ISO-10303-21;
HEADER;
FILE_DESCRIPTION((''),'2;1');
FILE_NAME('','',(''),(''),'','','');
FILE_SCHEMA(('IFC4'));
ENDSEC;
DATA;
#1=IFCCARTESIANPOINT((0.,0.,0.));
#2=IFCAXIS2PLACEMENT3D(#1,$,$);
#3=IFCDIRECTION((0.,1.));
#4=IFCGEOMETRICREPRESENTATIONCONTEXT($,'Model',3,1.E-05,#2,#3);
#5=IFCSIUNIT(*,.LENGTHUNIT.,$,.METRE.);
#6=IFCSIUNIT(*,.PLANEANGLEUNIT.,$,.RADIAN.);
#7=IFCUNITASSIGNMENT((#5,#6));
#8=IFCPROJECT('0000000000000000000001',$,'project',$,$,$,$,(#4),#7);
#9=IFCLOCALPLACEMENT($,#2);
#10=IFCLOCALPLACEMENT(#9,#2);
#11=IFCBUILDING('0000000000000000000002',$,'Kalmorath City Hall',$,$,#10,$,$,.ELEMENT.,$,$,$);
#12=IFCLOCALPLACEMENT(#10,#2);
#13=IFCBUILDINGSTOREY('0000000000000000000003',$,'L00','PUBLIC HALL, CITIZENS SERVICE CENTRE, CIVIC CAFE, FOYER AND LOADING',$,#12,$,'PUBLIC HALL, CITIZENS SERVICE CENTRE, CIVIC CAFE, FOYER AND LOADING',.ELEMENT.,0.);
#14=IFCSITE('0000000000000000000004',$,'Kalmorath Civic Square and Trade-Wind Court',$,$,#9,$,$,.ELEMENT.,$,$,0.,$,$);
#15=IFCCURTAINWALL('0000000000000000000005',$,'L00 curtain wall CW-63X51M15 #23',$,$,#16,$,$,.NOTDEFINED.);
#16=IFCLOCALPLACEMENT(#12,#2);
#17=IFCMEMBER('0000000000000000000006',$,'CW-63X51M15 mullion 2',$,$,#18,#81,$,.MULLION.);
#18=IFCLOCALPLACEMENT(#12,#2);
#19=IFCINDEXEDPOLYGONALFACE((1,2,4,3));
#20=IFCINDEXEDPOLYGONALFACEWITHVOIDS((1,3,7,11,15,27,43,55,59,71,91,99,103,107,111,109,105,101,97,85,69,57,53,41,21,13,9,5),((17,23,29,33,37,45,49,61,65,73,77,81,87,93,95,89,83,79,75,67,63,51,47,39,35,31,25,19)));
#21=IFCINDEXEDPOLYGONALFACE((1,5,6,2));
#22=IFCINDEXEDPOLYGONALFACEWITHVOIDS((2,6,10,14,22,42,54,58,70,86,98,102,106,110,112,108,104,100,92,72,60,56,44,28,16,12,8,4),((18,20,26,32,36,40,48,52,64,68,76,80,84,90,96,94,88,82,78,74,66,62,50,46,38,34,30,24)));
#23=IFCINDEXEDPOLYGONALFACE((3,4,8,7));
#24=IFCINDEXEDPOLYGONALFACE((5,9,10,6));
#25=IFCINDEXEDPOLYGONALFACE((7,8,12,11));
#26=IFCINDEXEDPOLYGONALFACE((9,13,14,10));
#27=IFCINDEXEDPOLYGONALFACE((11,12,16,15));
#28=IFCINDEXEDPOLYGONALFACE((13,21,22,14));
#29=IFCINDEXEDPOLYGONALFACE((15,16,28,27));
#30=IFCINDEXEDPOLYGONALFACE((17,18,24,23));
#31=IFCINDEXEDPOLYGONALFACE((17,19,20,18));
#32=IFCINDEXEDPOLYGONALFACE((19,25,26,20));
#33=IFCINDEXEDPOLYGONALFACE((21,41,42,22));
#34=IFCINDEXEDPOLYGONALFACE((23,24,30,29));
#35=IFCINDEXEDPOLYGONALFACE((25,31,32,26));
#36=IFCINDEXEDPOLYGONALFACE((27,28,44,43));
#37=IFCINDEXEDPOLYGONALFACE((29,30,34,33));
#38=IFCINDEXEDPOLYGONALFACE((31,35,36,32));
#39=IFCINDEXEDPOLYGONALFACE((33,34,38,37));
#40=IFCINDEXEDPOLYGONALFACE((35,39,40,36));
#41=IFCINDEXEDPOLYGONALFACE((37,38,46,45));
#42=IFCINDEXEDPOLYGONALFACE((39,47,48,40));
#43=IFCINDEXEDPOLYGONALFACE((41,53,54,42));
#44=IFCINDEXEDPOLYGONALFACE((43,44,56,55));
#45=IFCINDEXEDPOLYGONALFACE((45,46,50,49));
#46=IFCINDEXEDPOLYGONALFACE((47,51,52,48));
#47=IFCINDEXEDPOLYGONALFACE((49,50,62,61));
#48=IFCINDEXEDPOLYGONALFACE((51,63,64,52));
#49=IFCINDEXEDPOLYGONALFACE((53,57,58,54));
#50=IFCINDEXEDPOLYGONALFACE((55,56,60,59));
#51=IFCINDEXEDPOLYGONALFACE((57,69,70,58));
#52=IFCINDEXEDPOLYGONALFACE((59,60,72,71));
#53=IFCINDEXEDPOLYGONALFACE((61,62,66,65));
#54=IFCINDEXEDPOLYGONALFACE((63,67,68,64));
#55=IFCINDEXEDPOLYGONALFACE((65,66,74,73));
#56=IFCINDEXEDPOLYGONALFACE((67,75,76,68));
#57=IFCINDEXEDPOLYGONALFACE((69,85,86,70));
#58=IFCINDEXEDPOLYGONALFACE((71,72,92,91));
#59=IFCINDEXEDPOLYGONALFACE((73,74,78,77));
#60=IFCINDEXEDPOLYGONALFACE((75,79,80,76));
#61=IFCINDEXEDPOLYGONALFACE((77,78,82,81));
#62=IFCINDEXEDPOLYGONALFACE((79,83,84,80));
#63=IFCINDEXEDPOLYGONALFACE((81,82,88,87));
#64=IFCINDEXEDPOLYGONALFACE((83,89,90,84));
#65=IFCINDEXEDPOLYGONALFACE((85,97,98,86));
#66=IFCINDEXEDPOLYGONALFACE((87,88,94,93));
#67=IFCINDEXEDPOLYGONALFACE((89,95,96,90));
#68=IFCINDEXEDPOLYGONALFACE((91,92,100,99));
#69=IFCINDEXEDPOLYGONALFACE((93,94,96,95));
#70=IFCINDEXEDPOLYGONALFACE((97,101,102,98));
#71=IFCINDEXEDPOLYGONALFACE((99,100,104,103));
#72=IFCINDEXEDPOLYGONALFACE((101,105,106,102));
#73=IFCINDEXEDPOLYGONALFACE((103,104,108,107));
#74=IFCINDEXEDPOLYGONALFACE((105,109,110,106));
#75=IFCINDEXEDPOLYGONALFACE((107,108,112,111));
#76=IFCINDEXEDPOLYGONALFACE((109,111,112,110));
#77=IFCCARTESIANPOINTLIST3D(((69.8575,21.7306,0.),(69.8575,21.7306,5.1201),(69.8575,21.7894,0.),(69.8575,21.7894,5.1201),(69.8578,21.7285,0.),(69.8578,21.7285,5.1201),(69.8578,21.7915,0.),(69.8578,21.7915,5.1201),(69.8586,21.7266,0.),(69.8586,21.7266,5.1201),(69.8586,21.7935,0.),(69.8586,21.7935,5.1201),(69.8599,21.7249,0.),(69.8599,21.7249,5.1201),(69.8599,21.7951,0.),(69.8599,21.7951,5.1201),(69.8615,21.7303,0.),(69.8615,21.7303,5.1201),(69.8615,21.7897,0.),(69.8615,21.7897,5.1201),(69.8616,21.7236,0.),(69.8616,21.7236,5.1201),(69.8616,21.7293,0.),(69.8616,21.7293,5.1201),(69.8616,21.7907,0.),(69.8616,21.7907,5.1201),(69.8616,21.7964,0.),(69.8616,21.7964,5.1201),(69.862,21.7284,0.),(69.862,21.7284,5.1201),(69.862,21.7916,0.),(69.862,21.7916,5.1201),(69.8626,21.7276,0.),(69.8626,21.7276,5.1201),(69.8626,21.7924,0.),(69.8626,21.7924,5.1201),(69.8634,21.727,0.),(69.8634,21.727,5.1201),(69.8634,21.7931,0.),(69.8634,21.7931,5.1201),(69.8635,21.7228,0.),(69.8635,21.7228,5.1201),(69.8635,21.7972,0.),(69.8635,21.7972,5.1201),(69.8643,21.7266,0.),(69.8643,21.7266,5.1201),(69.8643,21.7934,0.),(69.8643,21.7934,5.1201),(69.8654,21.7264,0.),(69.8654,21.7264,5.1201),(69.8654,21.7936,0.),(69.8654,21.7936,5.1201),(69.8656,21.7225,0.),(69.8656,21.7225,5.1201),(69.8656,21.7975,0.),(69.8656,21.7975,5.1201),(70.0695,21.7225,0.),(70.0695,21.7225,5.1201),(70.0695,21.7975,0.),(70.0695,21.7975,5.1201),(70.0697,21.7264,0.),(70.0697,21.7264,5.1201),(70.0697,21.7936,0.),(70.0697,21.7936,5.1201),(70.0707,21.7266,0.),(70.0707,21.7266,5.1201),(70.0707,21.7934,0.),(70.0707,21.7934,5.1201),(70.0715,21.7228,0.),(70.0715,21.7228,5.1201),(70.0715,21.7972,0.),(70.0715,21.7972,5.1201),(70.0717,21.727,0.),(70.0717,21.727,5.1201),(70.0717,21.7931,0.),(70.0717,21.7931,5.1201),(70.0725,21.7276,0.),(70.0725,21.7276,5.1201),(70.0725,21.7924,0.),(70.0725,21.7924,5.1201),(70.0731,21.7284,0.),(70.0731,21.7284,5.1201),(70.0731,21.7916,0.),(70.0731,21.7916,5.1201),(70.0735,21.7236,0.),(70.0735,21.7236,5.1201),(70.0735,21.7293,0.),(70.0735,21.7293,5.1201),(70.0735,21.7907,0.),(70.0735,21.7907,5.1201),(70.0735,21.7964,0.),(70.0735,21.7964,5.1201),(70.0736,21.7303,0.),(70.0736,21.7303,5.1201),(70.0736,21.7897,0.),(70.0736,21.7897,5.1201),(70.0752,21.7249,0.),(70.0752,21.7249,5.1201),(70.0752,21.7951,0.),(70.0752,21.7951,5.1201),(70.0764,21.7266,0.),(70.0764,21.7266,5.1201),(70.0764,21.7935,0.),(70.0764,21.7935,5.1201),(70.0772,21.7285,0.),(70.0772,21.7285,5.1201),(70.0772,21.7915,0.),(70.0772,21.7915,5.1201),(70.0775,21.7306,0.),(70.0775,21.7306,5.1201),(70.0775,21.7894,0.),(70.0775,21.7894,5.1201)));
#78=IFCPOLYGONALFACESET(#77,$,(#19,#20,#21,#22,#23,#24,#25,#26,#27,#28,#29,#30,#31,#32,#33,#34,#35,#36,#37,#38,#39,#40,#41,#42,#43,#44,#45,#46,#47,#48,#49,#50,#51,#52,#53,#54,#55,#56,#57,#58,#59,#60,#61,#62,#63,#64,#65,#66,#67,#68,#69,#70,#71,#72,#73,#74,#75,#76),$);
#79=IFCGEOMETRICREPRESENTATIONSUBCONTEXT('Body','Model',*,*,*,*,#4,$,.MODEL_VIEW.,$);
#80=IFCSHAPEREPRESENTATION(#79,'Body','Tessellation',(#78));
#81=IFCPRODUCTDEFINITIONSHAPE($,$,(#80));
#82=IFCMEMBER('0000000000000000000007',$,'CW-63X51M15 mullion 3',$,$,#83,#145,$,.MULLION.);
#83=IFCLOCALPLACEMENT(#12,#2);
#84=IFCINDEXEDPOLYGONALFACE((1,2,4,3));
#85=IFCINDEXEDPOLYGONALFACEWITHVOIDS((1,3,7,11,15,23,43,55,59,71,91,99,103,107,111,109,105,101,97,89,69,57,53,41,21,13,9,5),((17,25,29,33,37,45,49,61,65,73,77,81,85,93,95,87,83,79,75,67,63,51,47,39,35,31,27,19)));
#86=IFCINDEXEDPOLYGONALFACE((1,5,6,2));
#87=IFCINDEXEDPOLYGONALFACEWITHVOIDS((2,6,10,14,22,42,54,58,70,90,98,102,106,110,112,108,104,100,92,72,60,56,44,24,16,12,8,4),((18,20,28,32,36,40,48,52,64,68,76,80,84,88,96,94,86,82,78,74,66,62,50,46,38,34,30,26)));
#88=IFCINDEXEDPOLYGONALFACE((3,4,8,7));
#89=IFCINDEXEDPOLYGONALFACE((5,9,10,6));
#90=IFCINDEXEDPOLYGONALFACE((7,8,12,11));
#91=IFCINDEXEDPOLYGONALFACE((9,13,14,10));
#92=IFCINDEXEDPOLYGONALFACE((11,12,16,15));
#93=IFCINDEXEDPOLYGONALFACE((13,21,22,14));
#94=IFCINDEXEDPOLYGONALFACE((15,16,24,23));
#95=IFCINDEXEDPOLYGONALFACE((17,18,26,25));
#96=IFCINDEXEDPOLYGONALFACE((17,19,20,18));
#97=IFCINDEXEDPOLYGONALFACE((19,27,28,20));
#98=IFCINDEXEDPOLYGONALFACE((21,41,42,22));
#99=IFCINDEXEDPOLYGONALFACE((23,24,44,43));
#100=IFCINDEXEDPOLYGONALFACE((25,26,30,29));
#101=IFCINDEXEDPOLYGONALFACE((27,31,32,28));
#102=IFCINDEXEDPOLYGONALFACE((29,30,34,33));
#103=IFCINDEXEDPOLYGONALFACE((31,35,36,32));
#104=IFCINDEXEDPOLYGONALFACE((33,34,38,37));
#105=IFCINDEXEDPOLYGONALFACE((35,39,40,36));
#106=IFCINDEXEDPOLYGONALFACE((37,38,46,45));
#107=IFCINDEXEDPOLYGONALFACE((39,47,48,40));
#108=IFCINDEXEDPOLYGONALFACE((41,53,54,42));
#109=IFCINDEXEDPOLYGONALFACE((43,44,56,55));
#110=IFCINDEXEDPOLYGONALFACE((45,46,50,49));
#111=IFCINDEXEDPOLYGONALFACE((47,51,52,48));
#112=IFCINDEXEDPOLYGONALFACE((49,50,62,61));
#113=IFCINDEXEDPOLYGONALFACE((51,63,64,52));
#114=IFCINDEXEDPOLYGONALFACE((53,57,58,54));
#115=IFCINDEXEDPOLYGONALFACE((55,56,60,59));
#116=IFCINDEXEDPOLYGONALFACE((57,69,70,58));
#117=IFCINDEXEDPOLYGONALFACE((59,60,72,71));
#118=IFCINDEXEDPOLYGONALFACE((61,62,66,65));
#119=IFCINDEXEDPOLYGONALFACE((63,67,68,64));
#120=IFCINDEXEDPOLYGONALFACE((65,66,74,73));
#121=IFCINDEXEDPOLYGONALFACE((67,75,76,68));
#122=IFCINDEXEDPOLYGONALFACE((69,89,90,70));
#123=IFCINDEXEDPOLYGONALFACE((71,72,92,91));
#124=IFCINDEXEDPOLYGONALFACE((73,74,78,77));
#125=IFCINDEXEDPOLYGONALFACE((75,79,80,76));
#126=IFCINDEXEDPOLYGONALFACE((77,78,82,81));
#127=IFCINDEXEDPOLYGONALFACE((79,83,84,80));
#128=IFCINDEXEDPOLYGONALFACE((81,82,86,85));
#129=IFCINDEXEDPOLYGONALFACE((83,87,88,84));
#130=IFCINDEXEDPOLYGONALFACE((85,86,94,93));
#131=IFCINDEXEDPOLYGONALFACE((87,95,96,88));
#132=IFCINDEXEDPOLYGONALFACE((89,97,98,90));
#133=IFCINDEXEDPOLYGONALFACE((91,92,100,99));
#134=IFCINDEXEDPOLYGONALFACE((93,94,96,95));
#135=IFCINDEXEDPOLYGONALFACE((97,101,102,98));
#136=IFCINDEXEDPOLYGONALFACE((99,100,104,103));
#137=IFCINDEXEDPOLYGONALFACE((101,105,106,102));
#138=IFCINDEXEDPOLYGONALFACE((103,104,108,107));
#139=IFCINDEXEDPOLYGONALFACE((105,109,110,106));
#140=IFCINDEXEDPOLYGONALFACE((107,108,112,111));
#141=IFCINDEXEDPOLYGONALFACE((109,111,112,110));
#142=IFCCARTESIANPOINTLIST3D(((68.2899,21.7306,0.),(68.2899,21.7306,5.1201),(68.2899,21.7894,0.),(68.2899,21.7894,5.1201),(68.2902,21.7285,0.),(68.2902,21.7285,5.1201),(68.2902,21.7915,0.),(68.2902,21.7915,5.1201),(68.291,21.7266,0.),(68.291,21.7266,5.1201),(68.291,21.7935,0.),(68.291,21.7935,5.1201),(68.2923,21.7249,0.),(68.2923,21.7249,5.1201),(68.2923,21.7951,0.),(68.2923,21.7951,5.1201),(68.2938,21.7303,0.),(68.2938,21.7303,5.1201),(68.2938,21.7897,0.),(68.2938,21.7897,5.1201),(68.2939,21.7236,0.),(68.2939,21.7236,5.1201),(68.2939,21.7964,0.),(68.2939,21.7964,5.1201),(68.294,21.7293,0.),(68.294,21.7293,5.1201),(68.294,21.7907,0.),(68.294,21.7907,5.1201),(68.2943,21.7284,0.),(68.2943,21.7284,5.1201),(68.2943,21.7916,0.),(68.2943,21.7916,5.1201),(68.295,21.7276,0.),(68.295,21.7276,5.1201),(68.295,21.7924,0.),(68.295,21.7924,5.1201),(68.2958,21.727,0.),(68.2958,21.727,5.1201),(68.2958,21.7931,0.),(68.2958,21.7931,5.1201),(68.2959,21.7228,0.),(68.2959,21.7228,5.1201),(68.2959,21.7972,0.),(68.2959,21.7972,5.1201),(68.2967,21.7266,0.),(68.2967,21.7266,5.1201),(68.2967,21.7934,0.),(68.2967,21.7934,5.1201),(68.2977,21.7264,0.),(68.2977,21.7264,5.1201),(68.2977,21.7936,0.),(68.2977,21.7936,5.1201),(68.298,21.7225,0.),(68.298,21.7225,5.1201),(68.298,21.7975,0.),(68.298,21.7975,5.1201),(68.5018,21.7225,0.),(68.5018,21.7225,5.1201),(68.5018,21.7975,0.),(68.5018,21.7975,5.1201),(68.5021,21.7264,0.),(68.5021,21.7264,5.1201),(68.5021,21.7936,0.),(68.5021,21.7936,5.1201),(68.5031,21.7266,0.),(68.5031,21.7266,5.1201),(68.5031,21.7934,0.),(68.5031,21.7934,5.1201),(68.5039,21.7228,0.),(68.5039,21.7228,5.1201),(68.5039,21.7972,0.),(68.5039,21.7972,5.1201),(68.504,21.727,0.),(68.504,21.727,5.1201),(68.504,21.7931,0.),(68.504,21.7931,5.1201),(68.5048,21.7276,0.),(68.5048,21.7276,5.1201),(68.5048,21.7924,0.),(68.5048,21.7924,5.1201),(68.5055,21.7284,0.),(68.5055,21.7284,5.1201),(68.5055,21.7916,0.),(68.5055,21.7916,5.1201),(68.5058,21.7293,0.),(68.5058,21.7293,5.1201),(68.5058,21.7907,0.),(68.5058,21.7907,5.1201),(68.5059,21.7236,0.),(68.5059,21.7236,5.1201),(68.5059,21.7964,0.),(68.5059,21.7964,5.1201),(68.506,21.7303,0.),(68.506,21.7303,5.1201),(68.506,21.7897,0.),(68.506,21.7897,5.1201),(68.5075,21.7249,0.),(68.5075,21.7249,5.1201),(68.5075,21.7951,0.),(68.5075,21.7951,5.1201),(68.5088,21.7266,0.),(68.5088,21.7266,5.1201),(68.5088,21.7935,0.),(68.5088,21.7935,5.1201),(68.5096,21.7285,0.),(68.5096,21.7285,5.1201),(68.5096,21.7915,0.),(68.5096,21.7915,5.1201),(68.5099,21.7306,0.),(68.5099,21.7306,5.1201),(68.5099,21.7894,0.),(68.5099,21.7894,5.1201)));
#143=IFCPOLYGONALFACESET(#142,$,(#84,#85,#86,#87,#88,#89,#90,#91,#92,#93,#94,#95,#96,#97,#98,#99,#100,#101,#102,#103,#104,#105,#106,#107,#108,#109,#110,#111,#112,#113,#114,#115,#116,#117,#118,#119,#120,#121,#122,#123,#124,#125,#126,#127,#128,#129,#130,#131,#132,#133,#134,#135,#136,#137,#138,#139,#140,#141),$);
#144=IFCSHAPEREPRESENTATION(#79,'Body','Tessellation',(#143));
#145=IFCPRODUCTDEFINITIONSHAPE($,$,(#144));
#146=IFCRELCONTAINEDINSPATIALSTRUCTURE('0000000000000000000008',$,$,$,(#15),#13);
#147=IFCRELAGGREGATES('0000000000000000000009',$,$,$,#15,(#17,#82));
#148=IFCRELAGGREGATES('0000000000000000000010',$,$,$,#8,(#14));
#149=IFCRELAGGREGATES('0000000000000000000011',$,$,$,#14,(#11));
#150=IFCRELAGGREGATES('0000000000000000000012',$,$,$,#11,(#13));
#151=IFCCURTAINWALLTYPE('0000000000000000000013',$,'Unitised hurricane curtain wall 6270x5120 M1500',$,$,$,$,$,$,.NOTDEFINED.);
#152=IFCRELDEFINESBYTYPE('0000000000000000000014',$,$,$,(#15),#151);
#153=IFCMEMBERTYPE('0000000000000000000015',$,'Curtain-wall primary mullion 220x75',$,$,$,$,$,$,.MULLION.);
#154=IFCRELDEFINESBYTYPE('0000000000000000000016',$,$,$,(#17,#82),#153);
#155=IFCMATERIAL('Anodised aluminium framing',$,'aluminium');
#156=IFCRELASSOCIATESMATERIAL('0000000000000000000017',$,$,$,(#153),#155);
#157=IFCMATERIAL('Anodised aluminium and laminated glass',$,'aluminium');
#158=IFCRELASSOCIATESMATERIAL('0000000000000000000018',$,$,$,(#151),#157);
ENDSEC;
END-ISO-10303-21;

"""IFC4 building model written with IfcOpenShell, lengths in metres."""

from ifc_helpers import new_model, si_unit, direction, frame, origin, origin_2d, place, context, subcontext, project, spatial, hollow_rectangle, extrude, material, material_profile, profile_set, type_object, element, aggregate, save


model = new_model("IFC4")

# Units and contexts
model_context = context("Model", 3, precision=1e-05, world=origin(), true_north=direction((0.0, 1.0)))
body_context = subcontext(model_context, "Body", "Model", "MODEL_VIEW")
ifc_project = project(units=[si_unit("LENGTHUNIT", "METRE"), si_unit("PLANEANGLEUNIT", "RADIAN")], contexts=[model_context])

# Site, building, storey
site_placement = place(None, origin())
site = spatial("IfcSite", under=ifc_project, at=site_placement, Name="Kalmorath Civic Square and Trade-Wind Court", CompositionType="ELEMENT", RefElevation=0.0)
building_placement = place(site_placement, origin())
building = spatial("IfcBuilding", under=site, at=building_placement, Name="Kalmorath City Hall", CompositionType="ELEMENT")
storey_placement = place(building_placement, origin())
storey = spatial("IfcBuildingStorey", under=building, at=storey_placement, Name="L00", Description="PUBLIC HALL, CITIZENS SERVICE CENTRE, CIVIC CAFE, FOYER AND LOADING", LongName="PUBLIC HALL, CITIZENS SERVICE CENTRE, CIVIC CAFE, FOYER AND LOADING", CompositionType="ELEMENT", Elevation=0.0)

# Shared definitions
ifc_material_1 = material(Name="Anodised aluminium framing", Category="aluminium")
ifc_material_profile_1 = material_profile(ifc_material_1, hollow_rectangle(XDim=0.075, YDim=0.22, WallThickness=0.0039, InnerFilletRadius=0.0039, OuterFilletRadius=0.0081, at=origin_2d()), Name="ALU-MUL-220X75X4")
ifc_profile_set_1 = profile_set([ifc_material_profile_1], Name="Anodised aluminium framing")
member_type_1 = type_object("IfcMemberType", Name="Curtain-wall primary mullion 220x75", PredefinedType="MULLION", material=ifc_profile_set_1)

# Curtain wall, members
ifc_material_2 = material(Name="Anodised aluminium and laminated glass", Category="aluminium")
curtain_wall_type_1 = type_object("IfcCurtainWallType", Name="Unitised hurricane curtain wall 6270x5120 M1500", PredefinedType="NOTDEFINED", material=ifc_material_2)
curtain_wall_1_placement = place(storey_placement, origin())
curtain_wall_1 = element("IfcCurtainWall", 1, at=curtain_wall_1_placement, inside=storey, type_object=curtain_wall_type_1, Name="L00 curtain wall CW-63X51M15 #23", PredefinedType="NOTDEFINED")
member_1_placement = place(storey_placement, frame((69.9675, 21.76, 0.0), z_axis=(0.0, 0.0, 1.0), x_axis=(0.0, -1.0, 0.0)))
member_1 = element("IfcMember", 2, at=member_1_placement, type_object=member_type_1, Name="CW-63X51M15 mullion 2", PredefinedType="MULLION", context=body_context, shape_type="SweptSolid", body=[
    extrude(hollow_rectangle(XDim=0.075, YDim=0.22, WallThickness=0.0039, InnerFilletRadius=0.0039, OuterFilletRadius=0.0081, at=origin_2d()), origin(), (0.0, 0.0, 1.0), 5.1201),
])
member_2_placement = place(storey_placement, frame((68.3999, 21.76, 0.0), z_axis=(0.0, 0.0, 1.0), x_axis=(0.0, -1.0, 0.0)))
member_2 = element("IfcMember", 3, at=member_2_placement, type_object=member_type_1, Name="CW-63X51M15 mullion 3", PredefinedType="MULLION", context=body_context, shape_type="SweptSolid", body=[
    extrude(hollow_rectangle(XDim=0.075, YDim=0.22, WallThickness=0.0039, InnerFilletRadius=0.0039, OuterFilletRadius=0.0081, at=origin_2d()), origin(), (0.0, 0.0, 1.0), 5.1201),
])

aggregate(curtain_wall_1, [member_1, member_2])

save(model, "model.ifc")
